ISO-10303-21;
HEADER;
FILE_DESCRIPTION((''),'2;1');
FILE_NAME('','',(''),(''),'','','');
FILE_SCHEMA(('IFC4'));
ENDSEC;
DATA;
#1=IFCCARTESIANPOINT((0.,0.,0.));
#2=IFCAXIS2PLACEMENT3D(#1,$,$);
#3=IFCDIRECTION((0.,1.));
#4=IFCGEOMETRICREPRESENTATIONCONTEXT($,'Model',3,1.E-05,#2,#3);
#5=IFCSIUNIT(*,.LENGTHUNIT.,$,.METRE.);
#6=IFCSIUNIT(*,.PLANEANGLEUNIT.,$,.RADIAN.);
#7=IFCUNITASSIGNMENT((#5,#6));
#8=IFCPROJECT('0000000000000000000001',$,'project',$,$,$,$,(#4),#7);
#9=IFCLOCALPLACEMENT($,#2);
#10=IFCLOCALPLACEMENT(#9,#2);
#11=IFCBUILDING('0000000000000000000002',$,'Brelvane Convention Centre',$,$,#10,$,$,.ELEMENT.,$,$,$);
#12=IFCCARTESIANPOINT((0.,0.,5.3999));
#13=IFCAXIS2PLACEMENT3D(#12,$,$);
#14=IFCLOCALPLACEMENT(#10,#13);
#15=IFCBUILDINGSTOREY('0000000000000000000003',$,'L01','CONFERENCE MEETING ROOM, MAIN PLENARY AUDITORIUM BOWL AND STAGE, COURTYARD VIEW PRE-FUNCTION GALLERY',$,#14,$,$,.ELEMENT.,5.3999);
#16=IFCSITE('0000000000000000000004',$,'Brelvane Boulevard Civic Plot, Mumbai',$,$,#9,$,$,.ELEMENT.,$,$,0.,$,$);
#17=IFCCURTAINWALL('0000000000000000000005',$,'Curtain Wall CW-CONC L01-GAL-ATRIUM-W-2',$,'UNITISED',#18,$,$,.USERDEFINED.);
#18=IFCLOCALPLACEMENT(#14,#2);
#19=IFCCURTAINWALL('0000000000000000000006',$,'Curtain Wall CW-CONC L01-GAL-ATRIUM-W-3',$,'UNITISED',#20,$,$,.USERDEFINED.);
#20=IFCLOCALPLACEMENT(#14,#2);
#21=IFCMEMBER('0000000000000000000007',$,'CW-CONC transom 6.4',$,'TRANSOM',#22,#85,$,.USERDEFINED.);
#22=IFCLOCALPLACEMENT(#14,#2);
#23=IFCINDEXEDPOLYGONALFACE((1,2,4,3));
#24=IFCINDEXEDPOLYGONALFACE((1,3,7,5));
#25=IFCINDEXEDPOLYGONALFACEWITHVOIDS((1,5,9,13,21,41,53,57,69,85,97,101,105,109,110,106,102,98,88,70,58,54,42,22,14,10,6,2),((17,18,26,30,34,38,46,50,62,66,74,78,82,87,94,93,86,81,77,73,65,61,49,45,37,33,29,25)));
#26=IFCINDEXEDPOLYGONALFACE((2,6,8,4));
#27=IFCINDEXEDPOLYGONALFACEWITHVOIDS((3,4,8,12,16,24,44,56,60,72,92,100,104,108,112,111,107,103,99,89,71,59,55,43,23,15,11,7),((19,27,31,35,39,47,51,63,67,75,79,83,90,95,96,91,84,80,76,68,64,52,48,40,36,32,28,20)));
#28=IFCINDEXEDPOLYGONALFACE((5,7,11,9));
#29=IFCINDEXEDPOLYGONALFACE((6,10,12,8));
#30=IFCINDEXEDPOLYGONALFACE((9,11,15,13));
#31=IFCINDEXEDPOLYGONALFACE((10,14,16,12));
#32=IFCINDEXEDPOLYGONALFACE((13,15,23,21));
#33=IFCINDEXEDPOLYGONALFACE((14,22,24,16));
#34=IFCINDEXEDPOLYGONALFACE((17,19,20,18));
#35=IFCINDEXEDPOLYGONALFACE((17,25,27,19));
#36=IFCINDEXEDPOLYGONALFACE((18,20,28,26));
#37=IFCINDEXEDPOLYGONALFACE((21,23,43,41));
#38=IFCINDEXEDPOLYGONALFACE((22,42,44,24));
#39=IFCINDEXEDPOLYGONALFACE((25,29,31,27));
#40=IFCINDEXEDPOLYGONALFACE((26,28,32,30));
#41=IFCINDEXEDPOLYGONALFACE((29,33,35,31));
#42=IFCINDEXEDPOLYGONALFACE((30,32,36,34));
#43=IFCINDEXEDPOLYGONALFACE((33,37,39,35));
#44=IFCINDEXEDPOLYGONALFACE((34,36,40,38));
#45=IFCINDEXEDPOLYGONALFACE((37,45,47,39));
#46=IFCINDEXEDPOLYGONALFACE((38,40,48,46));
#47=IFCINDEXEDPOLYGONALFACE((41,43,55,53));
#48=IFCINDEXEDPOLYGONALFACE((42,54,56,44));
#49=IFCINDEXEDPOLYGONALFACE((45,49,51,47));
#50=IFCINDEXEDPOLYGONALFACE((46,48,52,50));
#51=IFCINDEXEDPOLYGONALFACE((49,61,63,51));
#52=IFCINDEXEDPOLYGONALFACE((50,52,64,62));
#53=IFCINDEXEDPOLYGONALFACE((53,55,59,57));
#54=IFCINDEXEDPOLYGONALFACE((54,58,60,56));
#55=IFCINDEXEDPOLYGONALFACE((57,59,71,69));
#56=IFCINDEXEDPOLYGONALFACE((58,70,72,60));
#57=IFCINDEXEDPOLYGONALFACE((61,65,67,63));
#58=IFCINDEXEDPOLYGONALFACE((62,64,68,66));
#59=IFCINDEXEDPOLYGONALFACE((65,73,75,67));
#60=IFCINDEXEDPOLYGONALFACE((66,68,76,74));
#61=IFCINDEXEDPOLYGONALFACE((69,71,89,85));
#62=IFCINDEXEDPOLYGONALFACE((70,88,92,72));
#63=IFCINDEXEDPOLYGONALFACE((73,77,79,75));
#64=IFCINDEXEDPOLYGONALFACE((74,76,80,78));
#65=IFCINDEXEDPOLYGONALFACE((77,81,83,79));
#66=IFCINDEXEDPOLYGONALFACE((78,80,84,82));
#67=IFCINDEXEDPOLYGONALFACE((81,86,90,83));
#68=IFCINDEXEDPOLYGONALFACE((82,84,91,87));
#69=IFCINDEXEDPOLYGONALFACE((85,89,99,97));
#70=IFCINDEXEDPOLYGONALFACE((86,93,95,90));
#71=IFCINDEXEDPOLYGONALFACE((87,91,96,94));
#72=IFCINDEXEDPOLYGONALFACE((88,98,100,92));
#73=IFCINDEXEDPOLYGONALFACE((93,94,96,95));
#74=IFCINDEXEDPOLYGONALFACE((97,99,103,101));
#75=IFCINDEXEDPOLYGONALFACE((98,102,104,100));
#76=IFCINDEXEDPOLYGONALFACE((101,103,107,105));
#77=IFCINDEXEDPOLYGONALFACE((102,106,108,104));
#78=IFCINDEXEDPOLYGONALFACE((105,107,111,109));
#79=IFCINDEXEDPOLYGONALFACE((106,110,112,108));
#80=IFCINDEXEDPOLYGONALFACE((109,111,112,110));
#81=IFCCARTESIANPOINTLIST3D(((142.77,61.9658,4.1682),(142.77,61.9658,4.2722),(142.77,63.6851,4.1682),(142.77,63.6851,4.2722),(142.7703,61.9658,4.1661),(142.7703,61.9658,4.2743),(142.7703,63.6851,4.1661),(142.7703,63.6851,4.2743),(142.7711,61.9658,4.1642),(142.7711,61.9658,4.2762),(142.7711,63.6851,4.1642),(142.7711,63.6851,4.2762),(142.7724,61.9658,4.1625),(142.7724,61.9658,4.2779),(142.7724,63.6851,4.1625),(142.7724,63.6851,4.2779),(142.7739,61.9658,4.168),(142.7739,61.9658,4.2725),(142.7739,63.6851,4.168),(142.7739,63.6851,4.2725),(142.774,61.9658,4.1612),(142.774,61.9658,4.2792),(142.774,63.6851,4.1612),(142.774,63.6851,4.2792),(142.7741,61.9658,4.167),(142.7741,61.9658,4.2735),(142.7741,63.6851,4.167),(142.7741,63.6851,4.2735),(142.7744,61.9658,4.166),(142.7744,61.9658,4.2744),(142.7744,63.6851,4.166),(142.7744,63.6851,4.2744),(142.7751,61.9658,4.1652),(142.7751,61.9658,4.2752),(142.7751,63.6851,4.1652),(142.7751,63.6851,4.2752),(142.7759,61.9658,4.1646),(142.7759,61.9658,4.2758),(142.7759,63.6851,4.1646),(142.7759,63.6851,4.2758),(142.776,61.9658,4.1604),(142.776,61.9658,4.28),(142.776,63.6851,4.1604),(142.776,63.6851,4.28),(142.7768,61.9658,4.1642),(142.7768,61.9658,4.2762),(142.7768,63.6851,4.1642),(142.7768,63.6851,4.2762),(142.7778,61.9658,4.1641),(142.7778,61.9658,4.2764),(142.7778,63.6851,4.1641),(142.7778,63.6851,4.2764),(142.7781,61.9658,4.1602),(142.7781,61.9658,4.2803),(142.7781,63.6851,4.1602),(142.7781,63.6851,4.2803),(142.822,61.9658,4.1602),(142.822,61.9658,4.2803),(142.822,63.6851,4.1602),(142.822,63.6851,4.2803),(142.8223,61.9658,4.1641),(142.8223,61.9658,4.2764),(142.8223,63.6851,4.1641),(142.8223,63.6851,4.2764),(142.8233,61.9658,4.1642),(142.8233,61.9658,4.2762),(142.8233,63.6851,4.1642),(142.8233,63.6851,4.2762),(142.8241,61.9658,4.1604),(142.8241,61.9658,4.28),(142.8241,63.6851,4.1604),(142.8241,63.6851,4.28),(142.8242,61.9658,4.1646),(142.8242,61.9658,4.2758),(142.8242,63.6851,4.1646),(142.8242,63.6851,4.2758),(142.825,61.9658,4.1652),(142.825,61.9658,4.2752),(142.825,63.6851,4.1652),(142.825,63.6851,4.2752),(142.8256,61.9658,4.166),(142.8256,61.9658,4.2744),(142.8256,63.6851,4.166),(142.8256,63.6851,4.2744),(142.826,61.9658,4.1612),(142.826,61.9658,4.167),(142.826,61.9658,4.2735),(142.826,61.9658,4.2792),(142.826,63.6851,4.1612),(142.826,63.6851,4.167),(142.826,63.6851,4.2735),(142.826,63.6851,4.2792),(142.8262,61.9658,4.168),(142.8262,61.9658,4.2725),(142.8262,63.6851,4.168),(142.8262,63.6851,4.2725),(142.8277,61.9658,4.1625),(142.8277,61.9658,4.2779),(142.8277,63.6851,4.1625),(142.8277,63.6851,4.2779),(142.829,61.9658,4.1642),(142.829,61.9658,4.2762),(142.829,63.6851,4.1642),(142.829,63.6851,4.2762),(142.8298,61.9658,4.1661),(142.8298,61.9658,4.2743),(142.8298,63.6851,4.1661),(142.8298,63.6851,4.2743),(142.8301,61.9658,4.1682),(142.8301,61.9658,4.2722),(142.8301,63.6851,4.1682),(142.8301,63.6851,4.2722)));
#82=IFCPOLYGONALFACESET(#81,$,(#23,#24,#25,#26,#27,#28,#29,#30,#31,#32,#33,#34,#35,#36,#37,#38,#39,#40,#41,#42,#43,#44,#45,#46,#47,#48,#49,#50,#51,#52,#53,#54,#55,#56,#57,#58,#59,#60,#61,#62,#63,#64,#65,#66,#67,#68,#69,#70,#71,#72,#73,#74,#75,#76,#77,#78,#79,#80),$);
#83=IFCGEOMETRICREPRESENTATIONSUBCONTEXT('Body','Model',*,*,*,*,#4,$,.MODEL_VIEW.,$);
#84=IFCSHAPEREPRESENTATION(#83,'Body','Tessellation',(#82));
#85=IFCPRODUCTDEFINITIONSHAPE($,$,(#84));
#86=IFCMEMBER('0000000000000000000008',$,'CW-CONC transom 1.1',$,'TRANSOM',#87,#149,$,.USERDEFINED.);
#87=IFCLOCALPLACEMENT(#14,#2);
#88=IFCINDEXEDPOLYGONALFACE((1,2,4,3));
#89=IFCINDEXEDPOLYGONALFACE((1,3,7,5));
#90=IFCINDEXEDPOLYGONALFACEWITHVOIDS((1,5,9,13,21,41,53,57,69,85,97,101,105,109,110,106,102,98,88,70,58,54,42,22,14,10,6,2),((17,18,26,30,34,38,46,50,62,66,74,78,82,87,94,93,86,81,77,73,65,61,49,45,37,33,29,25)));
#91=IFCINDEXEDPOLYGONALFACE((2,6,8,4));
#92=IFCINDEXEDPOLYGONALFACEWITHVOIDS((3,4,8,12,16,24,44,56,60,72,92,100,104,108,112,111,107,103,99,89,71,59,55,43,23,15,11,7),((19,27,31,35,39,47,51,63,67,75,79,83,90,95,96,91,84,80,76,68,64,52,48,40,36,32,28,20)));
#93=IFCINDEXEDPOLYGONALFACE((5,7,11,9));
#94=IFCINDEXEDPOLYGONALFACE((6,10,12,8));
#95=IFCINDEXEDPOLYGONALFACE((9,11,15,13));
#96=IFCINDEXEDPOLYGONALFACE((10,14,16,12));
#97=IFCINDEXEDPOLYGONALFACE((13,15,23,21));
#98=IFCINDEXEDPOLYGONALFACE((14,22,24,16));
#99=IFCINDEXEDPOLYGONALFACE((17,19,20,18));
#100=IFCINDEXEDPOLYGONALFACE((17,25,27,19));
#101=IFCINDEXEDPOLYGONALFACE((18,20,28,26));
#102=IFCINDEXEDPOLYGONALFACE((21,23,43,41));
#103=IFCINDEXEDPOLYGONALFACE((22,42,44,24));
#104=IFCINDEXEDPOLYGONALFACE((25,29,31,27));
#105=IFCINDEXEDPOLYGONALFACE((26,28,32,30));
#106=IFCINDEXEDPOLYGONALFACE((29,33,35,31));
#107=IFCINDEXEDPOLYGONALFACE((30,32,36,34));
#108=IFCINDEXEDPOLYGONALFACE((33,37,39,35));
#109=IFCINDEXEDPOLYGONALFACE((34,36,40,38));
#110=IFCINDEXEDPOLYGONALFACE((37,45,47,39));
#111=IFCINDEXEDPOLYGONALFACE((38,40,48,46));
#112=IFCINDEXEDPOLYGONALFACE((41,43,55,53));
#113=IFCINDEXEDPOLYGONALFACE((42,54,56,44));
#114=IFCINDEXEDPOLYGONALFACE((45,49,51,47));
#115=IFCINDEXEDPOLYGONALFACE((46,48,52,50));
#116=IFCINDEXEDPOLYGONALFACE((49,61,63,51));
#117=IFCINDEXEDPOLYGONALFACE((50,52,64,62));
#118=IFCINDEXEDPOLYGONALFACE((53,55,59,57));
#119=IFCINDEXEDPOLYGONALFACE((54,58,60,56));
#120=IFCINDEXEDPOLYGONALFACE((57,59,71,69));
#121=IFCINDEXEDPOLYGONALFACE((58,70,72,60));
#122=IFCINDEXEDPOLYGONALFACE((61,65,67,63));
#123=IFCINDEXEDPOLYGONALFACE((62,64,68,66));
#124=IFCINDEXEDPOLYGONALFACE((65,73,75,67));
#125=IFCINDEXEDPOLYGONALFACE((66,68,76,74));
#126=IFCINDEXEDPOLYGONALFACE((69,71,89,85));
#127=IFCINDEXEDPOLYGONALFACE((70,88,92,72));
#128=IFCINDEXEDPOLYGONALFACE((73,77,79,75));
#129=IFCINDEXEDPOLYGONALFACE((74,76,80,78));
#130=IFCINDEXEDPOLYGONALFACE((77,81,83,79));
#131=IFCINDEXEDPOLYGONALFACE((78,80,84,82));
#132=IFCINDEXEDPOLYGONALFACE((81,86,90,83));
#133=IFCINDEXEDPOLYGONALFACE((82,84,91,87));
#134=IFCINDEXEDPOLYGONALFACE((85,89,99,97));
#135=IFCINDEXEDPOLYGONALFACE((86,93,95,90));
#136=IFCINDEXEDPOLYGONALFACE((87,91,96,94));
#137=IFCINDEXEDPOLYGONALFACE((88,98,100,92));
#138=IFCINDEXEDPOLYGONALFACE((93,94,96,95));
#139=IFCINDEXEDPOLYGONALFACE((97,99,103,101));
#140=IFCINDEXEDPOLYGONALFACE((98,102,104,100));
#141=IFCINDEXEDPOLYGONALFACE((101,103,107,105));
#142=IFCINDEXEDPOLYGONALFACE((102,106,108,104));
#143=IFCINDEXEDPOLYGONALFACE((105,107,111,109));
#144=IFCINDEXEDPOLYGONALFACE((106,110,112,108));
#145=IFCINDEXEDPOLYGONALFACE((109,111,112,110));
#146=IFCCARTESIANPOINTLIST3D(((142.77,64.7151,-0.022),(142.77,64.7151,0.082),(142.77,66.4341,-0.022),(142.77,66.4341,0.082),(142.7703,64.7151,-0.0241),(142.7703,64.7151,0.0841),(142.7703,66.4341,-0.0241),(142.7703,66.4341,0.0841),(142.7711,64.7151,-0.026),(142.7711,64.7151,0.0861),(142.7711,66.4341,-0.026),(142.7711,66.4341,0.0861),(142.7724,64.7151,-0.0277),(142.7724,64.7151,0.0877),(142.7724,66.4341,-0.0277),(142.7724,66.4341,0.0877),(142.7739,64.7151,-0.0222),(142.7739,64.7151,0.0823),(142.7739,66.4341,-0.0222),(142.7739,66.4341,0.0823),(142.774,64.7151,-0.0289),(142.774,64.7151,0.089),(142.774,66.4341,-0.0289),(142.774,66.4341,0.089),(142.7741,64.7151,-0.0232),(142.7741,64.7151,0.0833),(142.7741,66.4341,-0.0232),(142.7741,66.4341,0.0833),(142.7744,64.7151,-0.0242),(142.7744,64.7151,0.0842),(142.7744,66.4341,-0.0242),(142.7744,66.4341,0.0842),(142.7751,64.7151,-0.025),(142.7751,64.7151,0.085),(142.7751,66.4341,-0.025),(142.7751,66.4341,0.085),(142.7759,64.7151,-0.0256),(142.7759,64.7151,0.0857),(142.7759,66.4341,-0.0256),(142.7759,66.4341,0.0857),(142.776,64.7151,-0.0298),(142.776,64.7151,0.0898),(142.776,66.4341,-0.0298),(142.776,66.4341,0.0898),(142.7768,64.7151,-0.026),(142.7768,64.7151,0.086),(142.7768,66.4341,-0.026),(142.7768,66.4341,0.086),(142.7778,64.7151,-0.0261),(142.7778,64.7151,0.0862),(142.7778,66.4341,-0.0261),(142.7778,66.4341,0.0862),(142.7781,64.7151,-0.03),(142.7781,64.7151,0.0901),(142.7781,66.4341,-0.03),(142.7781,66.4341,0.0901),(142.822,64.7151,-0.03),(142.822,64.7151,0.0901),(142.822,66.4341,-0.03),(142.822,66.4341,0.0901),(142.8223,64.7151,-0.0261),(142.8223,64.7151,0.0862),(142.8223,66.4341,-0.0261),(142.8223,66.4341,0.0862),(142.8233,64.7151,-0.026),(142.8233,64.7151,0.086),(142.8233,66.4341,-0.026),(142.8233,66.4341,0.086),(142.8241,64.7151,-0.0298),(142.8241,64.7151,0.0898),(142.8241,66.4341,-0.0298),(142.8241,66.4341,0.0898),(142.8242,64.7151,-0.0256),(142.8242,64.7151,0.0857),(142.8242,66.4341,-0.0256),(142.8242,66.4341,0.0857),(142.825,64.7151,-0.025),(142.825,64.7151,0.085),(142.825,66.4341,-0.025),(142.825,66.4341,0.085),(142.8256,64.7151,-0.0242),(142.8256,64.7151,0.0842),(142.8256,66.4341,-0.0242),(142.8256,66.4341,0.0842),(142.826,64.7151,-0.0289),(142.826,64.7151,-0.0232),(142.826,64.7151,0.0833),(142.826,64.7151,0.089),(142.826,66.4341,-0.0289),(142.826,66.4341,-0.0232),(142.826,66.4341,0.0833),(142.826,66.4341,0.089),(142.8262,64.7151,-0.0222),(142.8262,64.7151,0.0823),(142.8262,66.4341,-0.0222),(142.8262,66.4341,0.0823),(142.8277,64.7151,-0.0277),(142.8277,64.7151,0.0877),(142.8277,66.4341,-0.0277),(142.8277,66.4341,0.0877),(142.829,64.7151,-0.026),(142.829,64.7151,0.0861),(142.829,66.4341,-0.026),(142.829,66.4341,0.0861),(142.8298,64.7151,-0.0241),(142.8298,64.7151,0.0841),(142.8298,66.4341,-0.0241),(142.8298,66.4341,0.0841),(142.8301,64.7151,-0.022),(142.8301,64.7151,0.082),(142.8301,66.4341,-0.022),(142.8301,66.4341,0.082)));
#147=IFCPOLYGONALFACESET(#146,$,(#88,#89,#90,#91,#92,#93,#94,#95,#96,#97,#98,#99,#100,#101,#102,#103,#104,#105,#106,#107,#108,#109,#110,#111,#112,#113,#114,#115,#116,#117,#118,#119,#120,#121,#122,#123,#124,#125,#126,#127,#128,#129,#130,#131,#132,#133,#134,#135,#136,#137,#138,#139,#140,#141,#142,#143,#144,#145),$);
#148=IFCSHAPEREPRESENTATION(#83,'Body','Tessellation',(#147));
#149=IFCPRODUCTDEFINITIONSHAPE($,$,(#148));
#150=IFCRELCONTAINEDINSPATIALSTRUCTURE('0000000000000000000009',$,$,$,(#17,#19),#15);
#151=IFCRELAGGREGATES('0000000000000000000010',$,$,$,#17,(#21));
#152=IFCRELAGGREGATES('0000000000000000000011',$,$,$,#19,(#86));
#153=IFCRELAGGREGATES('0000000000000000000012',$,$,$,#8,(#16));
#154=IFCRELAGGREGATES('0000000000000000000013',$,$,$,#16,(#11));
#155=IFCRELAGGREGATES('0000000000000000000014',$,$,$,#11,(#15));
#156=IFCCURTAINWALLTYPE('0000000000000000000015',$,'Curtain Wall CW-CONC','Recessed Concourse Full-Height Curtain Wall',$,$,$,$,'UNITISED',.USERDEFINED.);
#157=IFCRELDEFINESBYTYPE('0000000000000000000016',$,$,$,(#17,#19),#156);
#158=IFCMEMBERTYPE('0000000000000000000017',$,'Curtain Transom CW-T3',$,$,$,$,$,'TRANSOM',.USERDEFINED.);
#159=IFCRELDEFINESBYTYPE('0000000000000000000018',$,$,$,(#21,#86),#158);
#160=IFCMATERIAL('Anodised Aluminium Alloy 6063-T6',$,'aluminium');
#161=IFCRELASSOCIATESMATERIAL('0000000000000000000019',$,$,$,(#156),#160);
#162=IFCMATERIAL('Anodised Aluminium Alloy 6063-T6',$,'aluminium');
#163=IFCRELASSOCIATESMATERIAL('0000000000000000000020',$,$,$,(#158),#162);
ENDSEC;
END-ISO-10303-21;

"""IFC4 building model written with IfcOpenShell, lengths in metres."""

from ifc_helpers import new_model, si_unit, direction, frame, origin, origin_2d, place, context, subcontext, project, spatial, hollow_rectangle, extrude, material, material_profile, profile_set, type_object, element, aggregate, save


model = new_model("IFC4")

# Units and contexts
model_context = context("Model", 3, precision=1e-05, world=origin(), true_north=direction((0.0, 1.0)))
body_context = subcontext(model_context, "Body", "Model", "MODEL_VIEW")
ifc_project = project(units=[si_unit("LENGTHUNIT", "METRE"), si_unit("PLANEANGLEUNIT", "RADIAN")], contexts=[model_context])

# Site, building, storey
site_placement = place(None, origin())
site = spatial("IfcSite", under=ifc_project, at=site_placement, Name="Brelvane Boulevard Civic Plot, Mumbai", CompositionType="ELEMENT", RefElevation=0.0)
building_placement = place(site_placement, origin())
building = spatial("IfcBuilding", under=site, at=building_placement, Name="Brelvane Convention Centre", CompositionType="ELEMENT")
storey_placement = place(building_placement, frame((0.0, 0.0, 5.3999)))
storey = spatial("IfcBuildingStorey", under=building, at=storey_placement, Name="L01", Description="CONFERENCE MEETING ROOM, MAIN PLENARY AUDITORIUM BOWL AND STAGE, COURTYARD VIEW PRE-FUNCTION GALLERY", CompositionType="ELEMENT", Elevation=5.3999)

# Curtain wall
ifc_material_1 = material(Name="Anodised Aluminium Alloy 6063-T6", Category="aluminium")
curtain_wall_type = type_object("IfcCurtainWallType", Name="Curtain Wall CW-CONC", Description="Recessed Concourse Full-Height Curtain Wall", ElementType="UNITISED", PredefinedType="USERDEFINED", material=ifc_material_1)
curtain_wall_1_placement = place(storey_placement, origin())
curtain_wall_1 = element("IfcCurtainWall", 1, at=curtain_wall_1_placement, inside=storey, type_object=curtain_wall_type, Name="Curtain Wall CW-CONC L01-GAL-ATRIUM-W-2", ObjectType="UNITISED", PredefinedType="USERDEFINED")

# Curtain wall
curtain_wall_2_placement = place(storey_placement, origin())
curtain_wall_2 = element("IfcCurtainWall", 2, at=curtain_wall_2_placement, inside=storey, type_object=curtain_wall_type, Name="Curtain Wall CW-CONC L01-GAL-ATRIUM-W-3", ObjectType="UNITISED", PredefinedType="USERDEFINED")

# Members
ifc_material_2 = material(Name="Anodised Aluminium Alloy 6063-T6", Category="aluminium")
ifc_material_profile_1 = material_profile(ifc_material_2, hollow_rectangle(XDim=0.0601, YDim=0.1201, WallThickness=0.0039, InnerFilletRadius=0.0039, OuterFilletRadius=0.0081, at=origin_2d()), Name="ALU-T 120x60x4.0")
ifc_profile_set_1 = profile_set([ifc_material_profile_1], Name="Anodised Aluminium Alloy 6063-T6")
member_type_1 = type_object("IfcMemberType", Name="Curtain Transom CW-T3", ElementType="TRANSOM", PredefinedType="USERDEFINED", material=ifc_profile_set_1)
member_1_placement = place(storey_placement, frame((142.8, 61.9658, 4.2202), z_axis=(0.0, 1.0, 0.0), x_axis=(-1.0, 0.0, 0.0)))
member_1 = element("IfcMember", 3, at=member_1_placement, type_object=member_type_1, Name="CW-CONC transom 6.4", ObjectType="TRANSOM", PredefinedType="USERDEFINED", context=body_context, shape_type="SweptSolid", body=[
    extrude(hollow_rectangle(XDim=0.0601, YDim=0.1201, WallThickness=0.0039, InnerFilletRadius=0.0039, OuterFilletRadius=0.0081, at=origin_2d()), origin(), (0.0, 0.0, 1.0), 1.7192),
])
member_2_placement = place(storey_placement, frame((142.8, 64.7151, 0.03), z_axis=(0.0, 1.0, 0.0), x_axis=(-1.0, 0.0, 0.0)))
member_2 = element("IfcMember", 4, at=member_2_placement, type_object=member_type_1, Name="CW-CONC transom 1.1", ObjectType="TRANSOM", PredefinedType="USERDEFINED", context=body_context, shape_type="SweptSolid", body=[
    extrude(hollow_rectangle(XDim=0.0601, YDim=0.1201, WallThickness=0.0039, InnerFilletRadius=0.0039, OuterFilletRadius=0.0081, at=origin_2d()), origin(), (0.0, 0.0, 1.0), 1.719),
])

aggregate(curtain_wall_1, [member_1])
aggregate(curtain_wall_2, [member_2])

save(model, "model.ifc")
